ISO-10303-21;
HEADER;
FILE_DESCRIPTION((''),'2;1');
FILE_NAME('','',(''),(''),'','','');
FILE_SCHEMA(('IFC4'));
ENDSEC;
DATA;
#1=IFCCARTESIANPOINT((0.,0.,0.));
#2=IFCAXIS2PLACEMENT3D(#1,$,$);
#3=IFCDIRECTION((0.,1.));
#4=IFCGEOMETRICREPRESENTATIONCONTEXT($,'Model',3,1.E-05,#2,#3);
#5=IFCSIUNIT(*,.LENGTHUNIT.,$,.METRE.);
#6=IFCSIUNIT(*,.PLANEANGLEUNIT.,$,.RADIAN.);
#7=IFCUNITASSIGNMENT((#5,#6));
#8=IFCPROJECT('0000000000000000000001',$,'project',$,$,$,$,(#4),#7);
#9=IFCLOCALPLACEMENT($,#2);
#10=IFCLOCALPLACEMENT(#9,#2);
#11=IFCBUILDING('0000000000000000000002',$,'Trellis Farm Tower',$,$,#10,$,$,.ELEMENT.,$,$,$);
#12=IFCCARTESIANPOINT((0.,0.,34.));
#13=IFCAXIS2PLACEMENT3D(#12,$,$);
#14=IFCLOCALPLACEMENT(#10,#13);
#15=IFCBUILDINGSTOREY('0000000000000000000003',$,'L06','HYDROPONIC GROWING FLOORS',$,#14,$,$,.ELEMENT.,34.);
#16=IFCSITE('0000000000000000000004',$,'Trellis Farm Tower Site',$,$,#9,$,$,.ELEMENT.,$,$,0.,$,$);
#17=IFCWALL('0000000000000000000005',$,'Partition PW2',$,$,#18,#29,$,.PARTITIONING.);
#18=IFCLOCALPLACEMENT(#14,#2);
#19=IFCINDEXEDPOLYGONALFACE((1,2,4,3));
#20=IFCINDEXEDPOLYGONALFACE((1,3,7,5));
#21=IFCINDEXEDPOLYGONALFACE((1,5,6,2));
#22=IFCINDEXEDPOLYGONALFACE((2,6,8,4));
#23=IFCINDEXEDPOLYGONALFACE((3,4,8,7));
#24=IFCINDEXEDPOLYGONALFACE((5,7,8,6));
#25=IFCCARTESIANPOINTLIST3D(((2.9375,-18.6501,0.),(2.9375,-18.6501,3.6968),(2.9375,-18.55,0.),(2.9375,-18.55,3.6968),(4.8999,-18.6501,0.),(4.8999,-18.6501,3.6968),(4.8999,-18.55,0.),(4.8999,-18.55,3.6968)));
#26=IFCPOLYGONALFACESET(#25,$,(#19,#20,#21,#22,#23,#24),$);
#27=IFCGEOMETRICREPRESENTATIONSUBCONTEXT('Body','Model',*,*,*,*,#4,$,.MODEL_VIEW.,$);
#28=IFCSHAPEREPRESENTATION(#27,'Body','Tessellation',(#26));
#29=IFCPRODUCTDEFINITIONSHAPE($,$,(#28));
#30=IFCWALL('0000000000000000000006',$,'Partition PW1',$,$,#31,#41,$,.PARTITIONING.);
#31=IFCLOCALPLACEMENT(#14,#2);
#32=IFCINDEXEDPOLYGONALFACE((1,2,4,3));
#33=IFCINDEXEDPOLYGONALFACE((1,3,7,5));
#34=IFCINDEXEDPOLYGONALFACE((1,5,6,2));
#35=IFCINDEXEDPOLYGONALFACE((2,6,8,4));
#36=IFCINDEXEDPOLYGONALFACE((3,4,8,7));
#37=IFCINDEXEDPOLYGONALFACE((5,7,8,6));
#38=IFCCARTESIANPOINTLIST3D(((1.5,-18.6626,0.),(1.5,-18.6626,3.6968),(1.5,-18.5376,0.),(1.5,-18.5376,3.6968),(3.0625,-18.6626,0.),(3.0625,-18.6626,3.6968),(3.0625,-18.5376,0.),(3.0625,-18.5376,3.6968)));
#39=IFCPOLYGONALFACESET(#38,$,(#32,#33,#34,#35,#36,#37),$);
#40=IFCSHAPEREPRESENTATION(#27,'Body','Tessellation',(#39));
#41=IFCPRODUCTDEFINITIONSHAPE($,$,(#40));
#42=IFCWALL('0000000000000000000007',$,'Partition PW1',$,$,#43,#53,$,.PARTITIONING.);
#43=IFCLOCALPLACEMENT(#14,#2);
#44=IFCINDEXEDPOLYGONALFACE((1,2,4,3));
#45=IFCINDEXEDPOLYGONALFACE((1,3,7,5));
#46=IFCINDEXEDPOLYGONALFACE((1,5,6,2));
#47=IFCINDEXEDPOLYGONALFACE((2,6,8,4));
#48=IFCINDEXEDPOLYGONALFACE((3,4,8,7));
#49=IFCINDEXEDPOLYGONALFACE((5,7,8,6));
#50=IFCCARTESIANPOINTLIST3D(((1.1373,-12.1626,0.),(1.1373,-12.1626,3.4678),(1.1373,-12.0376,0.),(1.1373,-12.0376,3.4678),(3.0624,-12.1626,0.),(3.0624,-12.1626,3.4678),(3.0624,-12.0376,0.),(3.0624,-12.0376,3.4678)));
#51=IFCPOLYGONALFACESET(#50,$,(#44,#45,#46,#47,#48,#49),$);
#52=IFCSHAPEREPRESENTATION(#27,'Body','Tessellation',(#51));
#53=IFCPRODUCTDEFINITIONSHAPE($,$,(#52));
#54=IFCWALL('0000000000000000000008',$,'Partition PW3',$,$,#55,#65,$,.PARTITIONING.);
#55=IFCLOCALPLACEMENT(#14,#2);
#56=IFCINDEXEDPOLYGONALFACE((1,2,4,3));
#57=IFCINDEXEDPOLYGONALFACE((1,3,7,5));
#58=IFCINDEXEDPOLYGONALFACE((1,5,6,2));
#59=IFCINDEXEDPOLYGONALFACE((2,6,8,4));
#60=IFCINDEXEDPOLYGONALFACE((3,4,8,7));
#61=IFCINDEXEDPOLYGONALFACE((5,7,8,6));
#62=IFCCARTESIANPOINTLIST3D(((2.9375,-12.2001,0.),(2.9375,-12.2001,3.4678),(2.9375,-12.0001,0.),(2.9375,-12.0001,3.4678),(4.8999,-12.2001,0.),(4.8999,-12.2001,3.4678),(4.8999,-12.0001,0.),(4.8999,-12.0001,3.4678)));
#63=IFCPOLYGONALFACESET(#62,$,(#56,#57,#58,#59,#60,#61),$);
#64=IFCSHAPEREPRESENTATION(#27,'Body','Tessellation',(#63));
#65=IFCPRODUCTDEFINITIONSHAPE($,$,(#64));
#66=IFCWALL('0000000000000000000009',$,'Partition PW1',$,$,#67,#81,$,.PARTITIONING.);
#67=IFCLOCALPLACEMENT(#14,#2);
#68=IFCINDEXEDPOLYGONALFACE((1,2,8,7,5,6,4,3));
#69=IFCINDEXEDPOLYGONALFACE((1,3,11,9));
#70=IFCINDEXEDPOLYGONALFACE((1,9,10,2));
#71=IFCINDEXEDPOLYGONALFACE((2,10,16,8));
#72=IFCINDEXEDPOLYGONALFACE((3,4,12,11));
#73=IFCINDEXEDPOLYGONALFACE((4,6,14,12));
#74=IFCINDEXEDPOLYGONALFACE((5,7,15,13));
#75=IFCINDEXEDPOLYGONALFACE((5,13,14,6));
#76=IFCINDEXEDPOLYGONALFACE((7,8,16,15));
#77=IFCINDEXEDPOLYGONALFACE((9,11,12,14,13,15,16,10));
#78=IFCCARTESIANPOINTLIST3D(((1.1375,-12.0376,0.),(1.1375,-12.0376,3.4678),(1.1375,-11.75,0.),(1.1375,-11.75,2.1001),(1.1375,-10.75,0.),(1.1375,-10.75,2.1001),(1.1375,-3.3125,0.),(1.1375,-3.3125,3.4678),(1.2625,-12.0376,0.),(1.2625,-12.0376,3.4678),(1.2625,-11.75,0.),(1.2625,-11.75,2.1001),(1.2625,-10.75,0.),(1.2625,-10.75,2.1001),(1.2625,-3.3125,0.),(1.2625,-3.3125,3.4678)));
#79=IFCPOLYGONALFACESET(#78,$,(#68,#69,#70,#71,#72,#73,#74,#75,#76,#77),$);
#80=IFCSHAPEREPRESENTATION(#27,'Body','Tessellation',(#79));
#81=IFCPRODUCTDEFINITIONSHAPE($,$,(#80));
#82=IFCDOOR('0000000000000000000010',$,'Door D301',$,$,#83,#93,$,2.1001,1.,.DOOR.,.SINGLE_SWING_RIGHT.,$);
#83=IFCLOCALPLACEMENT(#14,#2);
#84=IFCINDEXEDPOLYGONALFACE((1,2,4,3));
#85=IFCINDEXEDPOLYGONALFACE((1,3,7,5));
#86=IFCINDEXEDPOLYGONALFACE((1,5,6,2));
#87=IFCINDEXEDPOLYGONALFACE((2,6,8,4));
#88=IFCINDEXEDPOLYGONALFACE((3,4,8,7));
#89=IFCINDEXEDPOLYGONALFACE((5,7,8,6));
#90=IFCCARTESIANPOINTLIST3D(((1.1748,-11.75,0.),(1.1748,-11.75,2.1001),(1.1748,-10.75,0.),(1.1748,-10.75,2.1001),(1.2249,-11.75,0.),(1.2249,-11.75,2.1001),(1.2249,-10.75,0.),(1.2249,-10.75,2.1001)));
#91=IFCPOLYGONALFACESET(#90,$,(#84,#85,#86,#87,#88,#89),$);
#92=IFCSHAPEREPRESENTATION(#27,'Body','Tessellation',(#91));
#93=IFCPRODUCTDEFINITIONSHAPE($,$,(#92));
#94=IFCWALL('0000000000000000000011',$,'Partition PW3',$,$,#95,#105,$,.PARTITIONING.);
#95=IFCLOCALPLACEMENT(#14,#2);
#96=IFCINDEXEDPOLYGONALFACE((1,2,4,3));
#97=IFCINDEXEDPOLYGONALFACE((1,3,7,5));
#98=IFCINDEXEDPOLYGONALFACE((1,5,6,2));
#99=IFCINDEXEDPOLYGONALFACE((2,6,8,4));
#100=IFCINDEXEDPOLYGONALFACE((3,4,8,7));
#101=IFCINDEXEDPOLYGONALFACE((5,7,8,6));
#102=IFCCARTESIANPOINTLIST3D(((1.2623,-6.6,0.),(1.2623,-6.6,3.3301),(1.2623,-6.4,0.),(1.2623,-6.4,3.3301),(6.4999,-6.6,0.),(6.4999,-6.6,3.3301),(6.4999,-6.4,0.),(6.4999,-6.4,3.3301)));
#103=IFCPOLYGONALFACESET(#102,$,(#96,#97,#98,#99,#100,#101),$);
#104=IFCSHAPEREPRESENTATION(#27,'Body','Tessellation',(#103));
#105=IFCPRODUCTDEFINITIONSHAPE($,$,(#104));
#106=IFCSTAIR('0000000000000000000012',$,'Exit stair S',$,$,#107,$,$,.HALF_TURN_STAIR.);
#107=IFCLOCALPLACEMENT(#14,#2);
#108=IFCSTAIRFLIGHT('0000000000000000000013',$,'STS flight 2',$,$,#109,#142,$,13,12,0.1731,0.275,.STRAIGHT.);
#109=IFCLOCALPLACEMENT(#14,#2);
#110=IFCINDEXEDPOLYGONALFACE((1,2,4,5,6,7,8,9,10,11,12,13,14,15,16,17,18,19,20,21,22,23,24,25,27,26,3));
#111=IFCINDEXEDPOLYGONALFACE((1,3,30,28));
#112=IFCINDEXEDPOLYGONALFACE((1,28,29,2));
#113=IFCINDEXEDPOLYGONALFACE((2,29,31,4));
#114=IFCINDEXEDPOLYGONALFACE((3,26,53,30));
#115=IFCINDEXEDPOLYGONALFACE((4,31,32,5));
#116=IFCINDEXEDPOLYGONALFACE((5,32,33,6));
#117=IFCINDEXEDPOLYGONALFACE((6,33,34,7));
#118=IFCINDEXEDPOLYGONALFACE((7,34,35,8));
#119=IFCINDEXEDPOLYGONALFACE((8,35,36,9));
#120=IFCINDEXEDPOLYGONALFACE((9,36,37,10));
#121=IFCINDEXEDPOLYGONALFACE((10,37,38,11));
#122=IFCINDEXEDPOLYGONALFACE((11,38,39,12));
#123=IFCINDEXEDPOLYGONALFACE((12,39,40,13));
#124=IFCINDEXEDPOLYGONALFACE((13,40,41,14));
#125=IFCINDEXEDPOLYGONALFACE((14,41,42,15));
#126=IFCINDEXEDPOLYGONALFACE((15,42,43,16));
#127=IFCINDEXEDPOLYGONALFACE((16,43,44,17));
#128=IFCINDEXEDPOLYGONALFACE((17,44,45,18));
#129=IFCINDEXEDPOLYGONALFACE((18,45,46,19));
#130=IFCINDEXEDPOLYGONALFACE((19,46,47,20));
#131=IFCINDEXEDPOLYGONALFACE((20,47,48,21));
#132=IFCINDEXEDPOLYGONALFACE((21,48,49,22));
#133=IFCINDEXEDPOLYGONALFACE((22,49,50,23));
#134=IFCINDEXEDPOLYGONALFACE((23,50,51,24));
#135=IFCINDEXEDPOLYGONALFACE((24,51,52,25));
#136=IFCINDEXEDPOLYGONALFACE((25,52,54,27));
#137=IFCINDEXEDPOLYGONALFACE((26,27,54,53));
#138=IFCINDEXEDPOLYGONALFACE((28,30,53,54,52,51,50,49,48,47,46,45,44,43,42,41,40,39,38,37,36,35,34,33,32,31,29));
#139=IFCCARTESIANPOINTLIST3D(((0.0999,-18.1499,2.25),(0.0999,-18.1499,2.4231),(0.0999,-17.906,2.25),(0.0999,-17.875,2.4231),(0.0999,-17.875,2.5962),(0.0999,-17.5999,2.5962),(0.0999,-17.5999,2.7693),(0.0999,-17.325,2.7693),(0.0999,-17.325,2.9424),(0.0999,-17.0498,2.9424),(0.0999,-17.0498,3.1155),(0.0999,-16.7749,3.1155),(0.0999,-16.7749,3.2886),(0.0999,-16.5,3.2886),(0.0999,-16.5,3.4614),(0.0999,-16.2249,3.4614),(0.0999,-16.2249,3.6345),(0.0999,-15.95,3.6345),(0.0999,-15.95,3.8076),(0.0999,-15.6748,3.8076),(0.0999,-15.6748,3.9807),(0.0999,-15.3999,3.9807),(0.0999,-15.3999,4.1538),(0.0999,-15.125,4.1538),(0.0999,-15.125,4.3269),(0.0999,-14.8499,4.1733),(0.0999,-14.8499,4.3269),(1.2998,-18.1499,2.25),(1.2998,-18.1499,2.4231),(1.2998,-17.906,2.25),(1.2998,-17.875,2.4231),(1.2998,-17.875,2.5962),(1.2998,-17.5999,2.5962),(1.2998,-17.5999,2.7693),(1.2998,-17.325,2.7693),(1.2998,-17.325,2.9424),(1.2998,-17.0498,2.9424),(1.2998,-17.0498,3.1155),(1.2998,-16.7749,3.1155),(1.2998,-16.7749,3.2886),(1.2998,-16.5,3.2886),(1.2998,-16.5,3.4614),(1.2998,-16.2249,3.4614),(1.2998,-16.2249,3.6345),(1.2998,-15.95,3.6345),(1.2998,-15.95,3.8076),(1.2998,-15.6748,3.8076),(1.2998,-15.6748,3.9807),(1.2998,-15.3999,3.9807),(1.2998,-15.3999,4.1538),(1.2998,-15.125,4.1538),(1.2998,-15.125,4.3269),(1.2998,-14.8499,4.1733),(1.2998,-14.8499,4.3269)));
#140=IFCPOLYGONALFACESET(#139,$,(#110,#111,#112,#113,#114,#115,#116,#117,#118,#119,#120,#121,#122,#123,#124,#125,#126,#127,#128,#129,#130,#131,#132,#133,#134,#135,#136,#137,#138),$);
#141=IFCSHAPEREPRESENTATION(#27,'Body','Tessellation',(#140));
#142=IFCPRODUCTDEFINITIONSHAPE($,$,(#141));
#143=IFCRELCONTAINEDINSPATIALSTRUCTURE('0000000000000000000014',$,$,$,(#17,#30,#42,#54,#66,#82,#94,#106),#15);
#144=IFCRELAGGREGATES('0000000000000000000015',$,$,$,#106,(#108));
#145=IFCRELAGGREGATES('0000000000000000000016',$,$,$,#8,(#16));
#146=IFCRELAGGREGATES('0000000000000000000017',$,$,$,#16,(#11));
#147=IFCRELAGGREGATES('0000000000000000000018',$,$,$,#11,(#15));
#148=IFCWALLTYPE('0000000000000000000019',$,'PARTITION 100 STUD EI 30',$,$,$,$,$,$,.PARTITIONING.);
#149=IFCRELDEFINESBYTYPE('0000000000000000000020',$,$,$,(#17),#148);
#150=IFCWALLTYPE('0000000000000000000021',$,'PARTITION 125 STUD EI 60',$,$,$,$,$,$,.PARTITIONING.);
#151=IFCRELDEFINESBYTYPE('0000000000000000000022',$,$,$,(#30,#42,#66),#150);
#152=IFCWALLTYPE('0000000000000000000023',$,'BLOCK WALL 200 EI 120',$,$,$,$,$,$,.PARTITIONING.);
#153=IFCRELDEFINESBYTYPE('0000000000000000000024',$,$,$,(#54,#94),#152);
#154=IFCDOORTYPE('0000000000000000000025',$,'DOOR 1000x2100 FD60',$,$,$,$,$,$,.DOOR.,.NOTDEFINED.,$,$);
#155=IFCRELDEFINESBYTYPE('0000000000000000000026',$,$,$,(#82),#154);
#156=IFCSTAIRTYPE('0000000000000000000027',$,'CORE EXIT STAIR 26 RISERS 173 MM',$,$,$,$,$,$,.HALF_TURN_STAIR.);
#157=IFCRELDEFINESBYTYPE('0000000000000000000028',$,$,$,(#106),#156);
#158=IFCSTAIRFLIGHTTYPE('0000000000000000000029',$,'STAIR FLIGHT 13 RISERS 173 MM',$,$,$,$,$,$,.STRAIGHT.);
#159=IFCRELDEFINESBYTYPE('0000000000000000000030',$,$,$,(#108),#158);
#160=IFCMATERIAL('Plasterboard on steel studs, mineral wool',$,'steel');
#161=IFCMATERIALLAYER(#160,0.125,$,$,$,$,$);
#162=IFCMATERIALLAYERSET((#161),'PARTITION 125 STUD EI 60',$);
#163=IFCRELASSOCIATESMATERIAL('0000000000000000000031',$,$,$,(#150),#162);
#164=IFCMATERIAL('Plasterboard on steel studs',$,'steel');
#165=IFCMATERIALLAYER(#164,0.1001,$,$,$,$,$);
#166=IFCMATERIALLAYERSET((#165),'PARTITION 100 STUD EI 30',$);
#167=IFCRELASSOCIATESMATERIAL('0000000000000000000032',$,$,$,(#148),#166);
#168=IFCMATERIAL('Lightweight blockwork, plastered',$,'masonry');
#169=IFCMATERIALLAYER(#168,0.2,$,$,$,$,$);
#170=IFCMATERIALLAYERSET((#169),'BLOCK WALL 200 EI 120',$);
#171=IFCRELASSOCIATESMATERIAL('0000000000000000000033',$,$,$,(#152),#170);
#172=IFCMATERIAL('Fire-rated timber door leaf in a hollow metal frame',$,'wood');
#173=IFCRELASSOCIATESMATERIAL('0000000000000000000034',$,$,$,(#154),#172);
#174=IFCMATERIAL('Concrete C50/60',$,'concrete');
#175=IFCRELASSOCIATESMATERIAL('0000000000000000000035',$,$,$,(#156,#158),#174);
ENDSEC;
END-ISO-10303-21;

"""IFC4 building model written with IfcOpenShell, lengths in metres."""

from ifc_helpers import new_model, si_unit, direction, frame, frame_2d, origin, place, context, subcontext, project, spatial, polyline, rectangle, outline, extrude, source, transform, mapped, material, layer, layer_set, type_object, element, fill, aggregate, save


model = new_model("IFC4")

# Units and contexts
model_context = context("Model", 3, precision=1e-05, world=origin(), true_north=direction((0.0, 1.0)))
body_context = subcontext(model_context, "Body", "Model", "MODEL_VIEW")
ifc_project = project(units=[si_unit("LENGTHUNIT", "METRE"), si_unit("PLANEANGLEUNIT", "RADIAN")], contexts=[model_context])

# Site, building, storey
site_placement = place(None, origin())
site = spatial("IfcSite", under=ifc_project, at=site_placement, Name="Trellis Farm Tower Site", CompositionType="ELEMENT", RefElevation=0.0)
building_placement = place(site_placement, origin())
building = spatial("IfcBuilding", under=site, at=building_placement, Name="Trellis Farm Tower", CompositionType="ELEMENT")
storey_placement = place(building_placement, frame((0.0, 0.0, 34.0)))
storey = spatial("IfcBuildingStorey", under=building, at=storey_placement, Name="L06", Description="HYDROPONIC GROWING FLOORS", CompositionType="ELEMENT", Elevation=34.0)

# Shared definitions
placement = place(storey_placement, origin())

# Shared definitions
ifc_material_1 = material(Name="Plasterboard on steel studs, mineral wool", Category="steel")
ifc_layer_1 = layer(ifc_material_1, 0.125)
ifc_layer_set_1 = layer_set([ifc_layer_1], Name="PARTITION 125 STUD EI 60")
wall_type_1 = type_object("IfcWallType", Name="PARTITION 125 STUD EI 60", PredefinedType="PARTITIONING", material=ifc_layer_set_1)
shared_shape_1 = source(origin(), body_context, "Body", "SweptSolid", [
    extrude(rectangle(XDim=1.0, YDim=2.1001, at=frame_2d((0.5, 1.05))), frame((0.0, 0.0725, 0.0), z_axis=(0.0, -1.0, 0.0), x_axis=(1.0, 0.0, 0.0)), (0.0, 0.0, 1.0), 0.145),
])
ifc_material_2 = material(Name="Fire-rated timber door leaf in a hollow metal frame", Category="wood")
shared_shape_2 = source(origin(), body_context, "Body", "SweptSolid", [
    extrude(rectangle(XDim=1.0, YDim=2.1001, at=frame_2d((0.5, 1.05))), frame((0.0, 0.0249, 0.0), z_axis=(0.0, -1.0, 0.0), x_axis=(1.0, 0.0, 0.0)), (0.0, 0.0, 1.0), 0.05),
])

# Walls
ifc_material_3 = material(Name="Plasterboard on steel studs", Category="steel")
ifc_layer_2 = layer(ifc_material_3, 0.1001)
ifc_layer_set_2 = layer_set([ifc_layer_2], Name="PARTITION 100 STUD EI 30")
wall_type_2 = type_object("IfcWallType", Name="PARTITION 100 STUD EI 30", PredefinedType="PARTITIONING", material=ifc_layer_set_2)
shared_shape_3 = source(origin(), body_context, "Body", "SweptSolid", [
    extrude(rectangle(XDim=1.9624, YDim=0.1001, at=frame_2d((0.9812, 0.0))), origin(), (0.0, 0.0, 1.0), 3.6968),
])
wall_1_placement = place(storey_placement, frame((2.9375, -18.6001, 0.0), z_axis=(0.0, 0.0, 1.0), x_axis=(1.0, 0.0, 0.0)))
element("IfcWall", 1, at=wall_1_placement, inside=storey, type_object=wall_type_2, Name="Partition PW2", PredefinedType="PARTITIONING", context=body_context, shape_type="MappedRepresentation", body=[
    mapped(shared_shape_3, transform((0.0, 0.0, 0.0))),
])
shared_shape_4 = source(origin(), body_context, "Body", "SweptSolid", [
    extrude(rectangle(XDim=1.5625, YDim=0.125, at=frame_2d((0.7812, 0.0))), origin(), (0.0, 0.0, 1.0), 3.6968),
])
wall_2_placement = place(storey_placement, frame((3.0625, -18.6001, 0.0), z_axis=(0.0, 0.0, 1.0), x_axis=(-1.0, 0.0, 0.0)))
element("IfcWall", 2, at=wall_2_placement, inside=storey, type_object=wall_type_1, Name="Partition PW1", PredefinedType="PARTITIONING", context=body_context, shape_type="MappedRepresentation", body=[
    mapped(shared_shape_4, transform((0.0, 0.0, 0.0))),
])
shared_shape_5 = source(origin(), body_context, "Body", "SweptSolid", [
    extrude(rectangle(XDim=1.925, YDim=0.125, at=frame_2d((0.9624, 0.0))), origin(), (0.0, 0.0, 1.0), 3.4678),
])
wall_3_placement = place(storey_placement, frame((1.1375, -12.1001, 0.0), z_axis=(0.0, 0.0, 1.0), x_axis=(1.0, 0.0, 0.0)))
element("IfcWall", 3, at=wall_3_placement, inside=storey, type_object=wall_type_1, Name="Partition PW1", PredefinedType="PARTITIONING", context=body_context, shape_type="MappedRepresentation", body=[
    mapped(shared_shape_5, transform((0.0, 0.0, 0.0))),
])
ifc_material_4 = material(Name="Lightweight blockwork, plastered", Category="masonry")
ifc_layer_3 = layer(ifc_material_4, 0.2)
ifc_layer_set_3 = layer_set([ifc_layer_3], Name="BLOCK WALL 200 EI 120")
wall_type_3 = type_object("IfcWallType", Name="BLOCK WALL 200 EI 120", PredefinedType="PARTITIONING", material=ifc_layer_set_3)
shared_shape_6 = source(origin(), body_context, "Body", "SweptSolid", [
    extrude(rectangle(XDim=1.9624, YDim=0.2, at=frame_2d((0.9812, 0.0))), origin(), (0.0, 0.0, 1.0), 3.4678),
])
wall_4_placement = place(storey_placement, frame((2.9375, -12.1001, 0.0), z_axis=(0.0, 0.0, 1.0), x_axis=(1.0, 0.0, 0.0)))
element("IfcWall", 4, at=wall_4_placement, inside=storey, type_object=wall_type_3, Name="Partition PW3", PredefinedType="PARTITIONING", context=body_context, shape_type="MappedRepresentation", body=[
    mapped(shared_shape_6, transform((0.0, 0.0, 0.0))),
])

# Wall, opening, door
shared_shape_7 = source(origin(), body_context, "Body", "SweptSolid", [
    extrude(rectangle(XDim=8.7251, YDim=0.125, at=frame_2d((4.3625, 0.0))), origin(), (0.0, 0.0, 1.0), 3.4678),
])
wall_5_placement = place(storey_placement, frame((1.2, -3.3125, 0.0), z_axis=(0.0, 0.0, 1.0), x_axis=(0.0, -1.0, 0.0)))
wall_5 = element("IfcWall", 5, at=wall_5_placement, inside=storey, type_object=wall_type_1, Name="Partition PW1", PredefinedType="PARTITIONING", context=body_context, shape_type="MappedRepresentation", body=[
    mapped(shared_shape_7, transform((0.0, 0.0, 0.0))),
])
opening_1_placement = place(wall_5_placement, frame((7.4375, 0.0, 0.0)))
opening_1 = element("IfcOpeningElement", 6, at=opening_1_placement, cuts=wall_5, PredefinedType="OPENING", context=body_context, shape_type="MappedRepresentation", body=[
    mapped(shared_shape_1, transform((0.0, 0.0, 0.0))),
])
door_type_1 = type_object("IfcDoorType", Name="DOOR 1000x2100 FD60", OperationType="NOTDEFINED", PredefinedType="DOOR", material=ifc_material_2)
door_1_placement = place(opening_1_placement, origin())
door_1 = element("IfcDoor", 7, at=door_1_placement, inside=storey, type_object=door_type_1, Name="Door D301", OperationType="SINGLE_SWING_RIGHT", OverallHeight=2.1001, OverallWidth=1.0, PredefinedType="DOOR", context=body_context, shape_type="MappedRepresentation", body=[
    mapped(shared_shape_2, transform((0.0, 0.0, 0.0))),
])
fill(opening_1, door_1)

# Wall
shared_shape_8 = source(origin(), body_context, "Body", "SweptSolid", [
    extrude(rectangle(XDim=5.2375, YDim=0.2, at=frame_2d((2.6187, 0.0))), origin(), (0.0, 0.0, 1.0), 3.3301),
])
wall_6_placement = place(storey_placement, frame((1.2625, -6.5, 0.0), z_axis=(0.0, 0.0, 1.0), x_axis=(1.0, 0.0, 0.0)))
element("IfcWall", 8, at=wall_6_placement, inside=storey, type_object=wall_type_3, Name="Partition PW3", PredefinedType="PARTITIONING", context=body_context, shape_type="MappedRepresentation", body=[
    mapped(shared_shape_8, transform((0.0, 0.0, 0.0))),
])

# Stair, stair flight
ifc_material_5 = material(Name="Concrete C50/60", Category="concrete")
stair_type = type_object("IfcStairType", Name="CORE EXIT STAIR 26 RISERS 173 MM", PredefinedType="HALF_TURN_STAIR", material=ifc_material_5)
stair = element("IfcStair", 9, at=placement, inside=storey, type_object=stair_type, Name="Exit stair S", PredefinedType="HALF_TURN_STAIR")
stair_flight_type = type_object("IfcStairFlightType", Name="STAIR FLIGHT 13 RISERS 173 MM", PredefinedType="STRAIGHT", material=ifc_material_5)
shared_shape_9 = source(origin(), body_context, "Body", "SweptSolid", [
    extrude(outline(polyline([(0.0, 0.0), (0.0, 0.1731), (0.2749, 0.1731), (0.2749, 0.3462), (0.55, 0.3462), (0.55, 0.5193), (0.825, 0.5193), (0.825, 0.6924), (1.1001, 0.6924), (1.1001, 0.8655), (1.375, 0.8655), (1.375, 1.0386), (1.6499, 1.0386), (1.6499, 1.2114), (1.925, 1.2114), (1.925, 1.3845), (2.2, 1.3845), (2.2, 1.5576), (2.4751, 1.5576), (2.4751, 1.7307), (2.75, 1.7307), (2.75, 1.9038), (3.0249, 1.9038), (3.0249, 2.0769), (3.3, 2.0769), (3.3, 2.25), (3.3, 1.9233), (0.2439, 0.0), (0.0, 0.0)])), frame((0.0, 0.6001, 0.0), z_axis=(0.0, -1.0, 0.0), x_axis=(1.0, 0.0, 0.0)), (0.0, 0.0, 1.0), 1.2),
])
stair_flight_placement = place(storey_placement, frame((0.7, -18.1499, 2.25), z_axis=(0.0, 0.0, 1.0), x_axis=(0.0, 1.0, 0.0)))
stair_flight = element("IfcStairFlight", 10, at=stair_flight_placement, type_object=stair_flight_type, Name="STS flight 2", NumberOfRisers=13, NumberOfTreads=12, PredefinedType="STRAIGHT", RiserHeight=0.1731, TreadLength=0.275, context=body_context, shape_type="MappedRepresentation", body=[
    mapped(shared_shape_9, transform((0.0, 0.0, 0.0))),
])
aggregate(stair, [stair_flight])

save(model, "model.ifc")
